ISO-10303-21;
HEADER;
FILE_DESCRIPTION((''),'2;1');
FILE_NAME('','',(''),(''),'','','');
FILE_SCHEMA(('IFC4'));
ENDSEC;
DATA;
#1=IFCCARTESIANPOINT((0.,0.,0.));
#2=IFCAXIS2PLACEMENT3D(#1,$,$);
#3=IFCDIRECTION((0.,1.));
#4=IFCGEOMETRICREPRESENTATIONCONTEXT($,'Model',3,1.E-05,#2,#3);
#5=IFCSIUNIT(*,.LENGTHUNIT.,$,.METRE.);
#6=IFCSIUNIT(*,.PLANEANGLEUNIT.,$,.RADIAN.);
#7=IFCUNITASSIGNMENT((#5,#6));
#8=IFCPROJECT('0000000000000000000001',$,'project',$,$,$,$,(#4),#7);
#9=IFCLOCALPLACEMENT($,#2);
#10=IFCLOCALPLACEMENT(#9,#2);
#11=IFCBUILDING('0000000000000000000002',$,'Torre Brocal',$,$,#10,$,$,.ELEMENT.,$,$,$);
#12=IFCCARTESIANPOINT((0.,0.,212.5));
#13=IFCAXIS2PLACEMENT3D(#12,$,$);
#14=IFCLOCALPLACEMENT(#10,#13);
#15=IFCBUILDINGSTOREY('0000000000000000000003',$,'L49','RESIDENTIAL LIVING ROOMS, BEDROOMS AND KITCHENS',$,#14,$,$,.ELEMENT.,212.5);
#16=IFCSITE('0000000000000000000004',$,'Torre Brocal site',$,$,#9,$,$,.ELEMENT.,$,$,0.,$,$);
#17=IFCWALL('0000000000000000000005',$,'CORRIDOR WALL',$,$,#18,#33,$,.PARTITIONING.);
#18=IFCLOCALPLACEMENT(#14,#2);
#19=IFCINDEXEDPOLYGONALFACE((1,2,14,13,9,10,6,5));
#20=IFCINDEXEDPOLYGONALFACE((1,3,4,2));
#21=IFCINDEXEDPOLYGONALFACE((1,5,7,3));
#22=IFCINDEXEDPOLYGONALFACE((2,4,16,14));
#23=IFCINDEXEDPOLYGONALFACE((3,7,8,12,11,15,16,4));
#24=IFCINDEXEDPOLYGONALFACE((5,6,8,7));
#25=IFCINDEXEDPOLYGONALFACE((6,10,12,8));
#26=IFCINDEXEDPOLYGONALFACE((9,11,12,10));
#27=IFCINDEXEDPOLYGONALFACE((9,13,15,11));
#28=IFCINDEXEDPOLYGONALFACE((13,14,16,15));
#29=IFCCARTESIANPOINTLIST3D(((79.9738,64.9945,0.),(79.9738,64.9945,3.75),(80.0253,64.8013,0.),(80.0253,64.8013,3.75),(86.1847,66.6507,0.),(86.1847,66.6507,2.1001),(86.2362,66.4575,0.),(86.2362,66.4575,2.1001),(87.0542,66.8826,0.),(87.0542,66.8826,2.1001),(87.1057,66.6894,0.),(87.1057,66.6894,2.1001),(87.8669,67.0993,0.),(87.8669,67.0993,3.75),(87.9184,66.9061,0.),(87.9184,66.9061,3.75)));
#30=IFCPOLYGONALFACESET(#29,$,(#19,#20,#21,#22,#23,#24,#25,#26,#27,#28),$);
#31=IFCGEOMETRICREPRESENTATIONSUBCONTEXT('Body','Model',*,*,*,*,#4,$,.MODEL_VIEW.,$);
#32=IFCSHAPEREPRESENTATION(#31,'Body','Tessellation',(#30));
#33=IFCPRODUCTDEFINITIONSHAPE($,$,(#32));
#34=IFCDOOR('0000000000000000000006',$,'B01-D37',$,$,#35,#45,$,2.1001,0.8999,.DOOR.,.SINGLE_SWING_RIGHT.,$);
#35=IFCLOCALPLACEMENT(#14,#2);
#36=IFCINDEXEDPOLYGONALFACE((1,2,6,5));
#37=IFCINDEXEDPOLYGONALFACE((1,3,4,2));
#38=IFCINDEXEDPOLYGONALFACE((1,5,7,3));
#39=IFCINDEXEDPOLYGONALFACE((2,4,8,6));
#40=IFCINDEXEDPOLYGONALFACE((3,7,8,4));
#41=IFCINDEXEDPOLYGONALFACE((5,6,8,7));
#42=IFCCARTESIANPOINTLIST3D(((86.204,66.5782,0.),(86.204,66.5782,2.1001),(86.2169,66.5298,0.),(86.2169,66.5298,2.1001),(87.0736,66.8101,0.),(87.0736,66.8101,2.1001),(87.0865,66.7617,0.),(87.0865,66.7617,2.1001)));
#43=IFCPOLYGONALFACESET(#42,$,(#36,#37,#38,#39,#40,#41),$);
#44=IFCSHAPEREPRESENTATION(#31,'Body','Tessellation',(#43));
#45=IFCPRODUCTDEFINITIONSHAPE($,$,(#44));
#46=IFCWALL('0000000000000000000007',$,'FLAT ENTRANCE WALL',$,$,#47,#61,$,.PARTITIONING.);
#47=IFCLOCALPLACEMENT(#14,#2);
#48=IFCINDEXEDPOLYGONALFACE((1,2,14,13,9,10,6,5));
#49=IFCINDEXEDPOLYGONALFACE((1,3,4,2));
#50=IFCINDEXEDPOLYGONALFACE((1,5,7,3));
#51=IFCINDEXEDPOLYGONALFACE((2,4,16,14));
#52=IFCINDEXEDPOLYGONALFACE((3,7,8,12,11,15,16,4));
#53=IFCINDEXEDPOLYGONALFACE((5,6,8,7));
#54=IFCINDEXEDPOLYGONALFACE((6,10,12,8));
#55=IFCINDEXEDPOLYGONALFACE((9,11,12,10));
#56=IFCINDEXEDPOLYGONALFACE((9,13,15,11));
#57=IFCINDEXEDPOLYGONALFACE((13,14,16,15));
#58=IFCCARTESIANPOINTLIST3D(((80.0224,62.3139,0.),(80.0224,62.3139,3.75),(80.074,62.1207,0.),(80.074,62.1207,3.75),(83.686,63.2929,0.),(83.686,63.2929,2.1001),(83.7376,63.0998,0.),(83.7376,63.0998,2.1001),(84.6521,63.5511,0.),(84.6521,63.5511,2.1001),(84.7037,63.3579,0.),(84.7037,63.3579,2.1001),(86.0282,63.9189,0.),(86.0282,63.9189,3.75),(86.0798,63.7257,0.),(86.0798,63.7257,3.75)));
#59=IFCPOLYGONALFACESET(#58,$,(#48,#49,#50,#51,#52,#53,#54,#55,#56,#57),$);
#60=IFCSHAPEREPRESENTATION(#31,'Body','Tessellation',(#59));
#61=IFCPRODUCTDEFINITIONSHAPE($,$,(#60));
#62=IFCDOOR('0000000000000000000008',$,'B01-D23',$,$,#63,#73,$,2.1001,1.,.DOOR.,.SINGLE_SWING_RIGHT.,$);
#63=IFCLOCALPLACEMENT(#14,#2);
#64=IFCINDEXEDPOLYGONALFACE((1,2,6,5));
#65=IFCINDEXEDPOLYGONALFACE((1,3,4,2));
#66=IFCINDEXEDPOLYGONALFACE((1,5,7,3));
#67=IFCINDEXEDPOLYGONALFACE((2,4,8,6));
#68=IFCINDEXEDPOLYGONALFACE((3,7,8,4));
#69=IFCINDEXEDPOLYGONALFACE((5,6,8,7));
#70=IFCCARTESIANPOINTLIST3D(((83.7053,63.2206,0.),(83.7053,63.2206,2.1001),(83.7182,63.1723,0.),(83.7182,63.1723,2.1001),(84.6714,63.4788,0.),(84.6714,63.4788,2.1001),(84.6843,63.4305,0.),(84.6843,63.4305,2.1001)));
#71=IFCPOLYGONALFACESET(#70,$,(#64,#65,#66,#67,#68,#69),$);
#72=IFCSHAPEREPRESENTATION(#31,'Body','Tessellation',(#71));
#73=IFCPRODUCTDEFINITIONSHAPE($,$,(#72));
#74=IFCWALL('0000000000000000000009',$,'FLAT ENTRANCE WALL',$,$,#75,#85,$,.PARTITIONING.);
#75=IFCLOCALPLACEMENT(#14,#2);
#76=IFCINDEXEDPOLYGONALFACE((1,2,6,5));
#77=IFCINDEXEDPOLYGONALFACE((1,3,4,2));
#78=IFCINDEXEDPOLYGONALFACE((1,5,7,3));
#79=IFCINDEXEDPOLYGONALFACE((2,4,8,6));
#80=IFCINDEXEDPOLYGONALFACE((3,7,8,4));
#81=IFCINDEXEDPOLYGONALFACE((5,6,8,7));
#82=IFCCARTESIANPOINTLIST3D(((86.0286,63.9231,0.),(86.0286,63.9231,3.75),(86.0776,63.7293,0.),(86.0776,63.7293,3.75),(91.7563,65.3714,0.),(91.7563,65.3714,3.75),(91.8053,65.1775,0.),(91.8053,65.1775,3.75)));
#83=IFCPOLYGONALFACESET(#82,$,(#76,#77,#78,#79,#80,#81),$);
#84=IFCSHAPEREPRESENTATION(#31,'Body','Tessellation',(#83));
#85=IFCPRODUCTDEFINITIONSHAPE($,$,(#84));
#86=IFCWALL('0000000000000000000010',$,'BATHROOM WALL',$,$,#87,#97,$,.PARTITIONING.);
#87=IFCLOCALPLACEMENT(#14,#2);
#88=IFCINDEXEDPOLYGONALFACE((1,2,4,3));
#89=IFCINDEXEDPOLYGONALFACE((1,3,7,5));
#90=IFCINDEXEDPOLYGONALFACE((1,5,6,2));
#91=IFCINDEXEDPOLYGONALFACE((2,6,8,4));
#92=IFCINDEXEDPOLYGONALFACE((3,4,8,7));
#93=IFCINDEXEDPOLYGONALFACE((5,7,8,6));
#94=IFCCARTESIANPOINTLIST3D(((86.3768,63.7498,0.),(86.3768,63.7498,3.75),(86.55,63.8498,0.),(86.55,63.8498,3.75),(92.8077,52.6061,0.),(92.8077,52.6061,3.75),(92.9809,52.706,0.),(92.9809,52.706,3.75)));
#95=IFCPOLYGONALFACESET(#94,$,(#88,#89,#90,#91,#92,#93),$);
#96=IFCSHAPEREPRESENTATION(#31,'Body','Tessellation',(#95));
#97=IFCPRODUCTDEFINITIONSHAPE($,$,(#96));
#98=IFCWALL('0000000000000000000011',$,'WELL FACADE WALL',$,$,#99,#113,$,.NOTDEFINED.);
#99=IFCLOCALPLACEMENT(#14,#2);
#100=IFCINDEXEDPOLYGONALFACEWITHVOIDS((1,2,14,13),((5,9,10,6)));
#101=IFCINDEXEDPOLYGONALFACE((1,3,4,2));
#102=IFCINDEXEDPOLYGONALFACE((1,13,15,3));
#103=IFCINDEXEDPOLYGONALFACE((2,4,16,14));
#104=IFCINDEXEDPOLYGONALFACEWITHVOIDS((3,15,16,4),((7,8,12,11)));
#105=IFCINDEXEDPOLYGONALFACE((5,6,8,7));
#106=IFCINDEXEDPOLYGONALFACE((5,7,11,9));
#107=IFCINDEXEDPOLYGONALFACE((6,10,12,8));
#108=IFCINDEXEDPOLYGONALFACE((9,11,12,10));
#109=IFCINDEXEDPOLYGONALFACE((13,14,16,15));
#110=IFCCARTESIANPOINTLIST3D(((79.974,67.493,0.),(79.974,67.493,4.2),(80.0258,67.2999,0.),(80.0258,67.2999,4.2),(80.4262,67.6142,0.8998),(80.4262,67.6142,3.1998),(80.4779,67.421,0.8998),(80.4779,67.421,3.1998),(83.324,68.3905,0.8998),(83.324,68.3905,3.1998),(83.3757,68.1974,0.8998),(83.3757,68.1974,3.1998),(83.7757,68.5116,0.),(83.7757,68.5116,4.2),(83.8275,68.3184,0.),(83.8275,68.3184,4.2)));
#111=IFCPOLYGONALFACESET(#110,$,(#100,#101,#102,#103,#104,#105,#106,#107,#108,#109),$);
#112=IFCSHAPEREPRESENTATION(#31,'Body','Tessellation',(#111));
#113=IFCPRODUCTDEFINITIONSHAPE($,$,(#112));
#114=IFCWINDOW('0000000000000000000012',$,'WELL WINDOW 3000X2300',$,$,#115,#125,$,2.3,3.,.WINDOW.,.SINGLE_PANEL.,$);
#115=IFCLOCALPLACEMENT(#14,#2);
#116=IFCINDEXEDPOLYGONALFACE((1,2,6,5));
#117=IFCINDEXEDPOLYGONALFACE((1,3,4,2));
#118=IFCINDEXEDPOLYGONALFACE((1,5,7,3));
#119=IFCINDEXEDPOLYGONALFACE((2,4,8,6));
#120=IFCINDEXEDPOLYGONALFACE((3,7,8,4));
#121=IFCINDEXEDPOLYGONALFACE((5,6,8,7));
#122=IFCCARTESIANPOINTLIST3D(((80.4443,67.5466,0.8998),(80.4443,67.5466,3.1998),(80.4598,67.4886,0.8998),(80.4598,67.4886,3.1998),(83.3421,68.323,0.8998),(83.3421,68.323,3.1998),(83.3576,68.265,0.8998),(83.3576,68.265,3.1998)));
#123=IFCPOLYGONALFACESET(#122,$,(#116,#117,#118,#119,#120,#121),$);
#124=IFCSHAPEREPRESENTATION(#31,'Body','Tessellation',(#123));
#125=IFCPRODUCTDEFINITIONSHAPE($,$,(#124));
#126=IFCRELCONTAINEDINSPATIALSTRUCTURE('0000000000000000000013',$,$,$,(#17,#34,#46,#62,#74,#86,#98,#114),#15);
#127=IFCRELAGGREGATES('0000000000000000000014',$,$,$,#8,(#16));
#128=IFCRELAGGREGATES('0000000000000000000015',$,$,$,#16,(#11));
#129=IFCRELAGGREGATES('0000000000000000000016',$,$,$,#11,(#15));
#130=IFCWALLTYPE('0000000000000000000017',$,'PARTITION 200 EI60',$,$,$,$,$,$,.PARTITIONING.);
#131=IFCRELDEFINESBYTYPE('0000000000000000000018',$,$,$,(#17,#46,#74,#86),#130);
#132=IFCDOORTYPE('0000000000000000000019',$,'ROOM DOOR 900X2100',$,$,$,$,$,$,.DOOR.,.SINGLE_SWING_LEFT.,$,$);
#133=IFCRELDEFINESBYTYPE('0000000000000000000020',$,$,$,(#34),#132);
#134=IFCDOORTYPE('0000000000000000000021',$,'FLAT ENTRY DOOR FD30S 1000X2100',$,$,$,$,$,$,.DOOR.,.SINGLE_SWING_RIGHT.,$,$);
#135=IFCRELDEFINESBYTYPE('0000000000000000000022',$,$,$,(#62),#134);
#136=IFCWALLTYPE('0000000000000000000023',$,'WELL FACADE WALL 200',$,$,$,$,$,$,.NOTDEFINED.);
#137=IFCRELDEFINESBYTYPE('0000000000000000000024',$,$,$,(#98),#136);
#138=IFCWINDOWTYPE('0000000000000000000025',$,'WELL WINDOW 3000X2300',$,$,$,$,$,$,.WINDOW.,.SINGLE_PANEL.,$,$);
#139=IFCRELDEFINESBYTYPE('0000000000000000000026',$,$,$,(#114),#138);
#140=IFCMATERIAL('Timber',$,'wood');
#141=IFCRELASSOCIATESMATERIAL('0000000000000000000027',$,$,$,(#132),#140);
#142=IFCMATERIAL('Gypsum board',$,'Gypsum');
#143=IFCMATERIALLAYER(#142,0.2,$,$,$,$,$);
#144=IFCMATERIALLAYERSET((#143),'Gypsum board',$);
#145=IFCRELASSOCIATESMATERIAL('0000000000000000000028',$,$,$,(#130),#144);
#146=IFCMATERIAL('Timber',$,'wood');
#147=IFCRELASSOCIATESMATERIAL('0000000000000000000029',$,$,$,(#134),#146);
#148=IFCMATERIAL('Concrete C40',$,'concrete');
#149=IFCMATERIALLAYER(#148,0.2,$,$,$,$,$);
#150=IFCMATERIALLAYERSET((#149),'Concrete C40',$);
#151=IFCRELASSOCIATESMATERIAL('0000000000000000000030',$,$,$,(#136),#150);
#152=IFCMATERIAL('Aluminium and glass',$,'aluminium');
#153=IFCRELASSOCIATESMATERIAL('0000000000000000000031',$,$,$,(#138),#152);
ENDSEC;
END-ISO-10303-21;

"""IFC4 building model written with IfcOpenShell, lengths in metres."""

from ifc_helpers import new_model, si_unit, direction, frame, frame_2d, origin, place, context, subcontext, project, spatial, rectangle, extrude, material, layer, layer_set, type_object, element, fill, save


model = new_model("IFC4")

# Units and contexts
model_context = context("Model", 3, precision=1e-05, world=origin(), true_north=direction((0.0, 1.0)))
body_context = subcontext(model_context, "Body", "Model", "MODEL_VIEW")
ifc_project = project(units=[si_unit("LENGTHUNIT", "METRE"), si_unit("PLANEANGLEUNIT", "RADIAN")], contexts=[model_context])

# Site, building, storey
site_placement = place(None, origin())
site = spatial("IfcSite", under=ifc_project, at=site_placement, Name="Torre Brocal site", CompositionType="ELEMENT", RefElevation=0.0)
building_placement = place(site_placement, origin())
building = spatial("IfcBuilding", under=site, at=building_placement, Name="Torre Brocal", CompositionType="ELEMENT")
storey_placement = place(building_placement, frame((0.0, 0.0, 212.5)))
storey = spatial("IfcBuildingStorey", under=building, at=storey_placement, Name="L49", Description="RESIDENTIAL LIVING ROOMS, BEDROOMS AND KITCHENS", CompositionType="ELEMENT", Elevation=212.5)

# Shared definitions
ifc_material_1 = material(Name="Timber", Category="wood")
door_type_1 = type_object("IfcDoorType", Name="ROOM DOOR 900X2100", OperationType="SINGLE_SWING_LEFT", PredefinedType="DOOR", material=ifc_material_1)

# Walls, openings, doors
ifc_material_2 = material(Name="Gypsum board", Category="Gypsum")
ifc_layer_1 = layer(ifc_material_2, 0.2)
ifc_layer_set_1 = layer_set([ifc_layer_1], Name="Gypsum board")
wall_type_1 = type_object("IfcWallType", Name="PARTITION 200 EI60", PredefinedType="PARTITIONING", material=ifc_layer_set_1)
wall_1_placement = place(storey_placement, frame((79.9995, 64.8979, 0.0), z_axis=(0.0, 0.0, 1.0), x_axis=(0.966237, 0.257653, 0.0)))
wall_1 = element("IfcWall", 1, at=wall_1_placement, inside=storey, type_object=wall_type_1, Name="CORRIDOR WALL", PredefinedType="PARTITIONING", context=body_context, shape_type="SweptSolid", body=[
    extrude(rectangle(XDim=8.1689, YDim=0.2, at=frame_2d((4.0845, 0.0))), origin(), (0.0, 0.0, 1.0), 3.75),
])
opening_1_placement = place(wall_1_placement, frame((6.428, 0.0, 0.0)))
opening_1 = element("IfcOpeningElement", 2, at=opening_1_placement, cuts=wall_1, PredefinedType="OPENING", context=body_context, shape_type="SweptSolid", body=[
    extrude(rectangle(XDim=0.8999, YDim=2.1001, at=frame_2d((0.45, 1.05))), frame((0.0, 0.1099, 0.0), z_axis=(0.0, -1.0, 0.0), x_axis=(1.0, 0.0, 0.0)), (0.0, 0.0, 1.0), 0.22),
])
door_1_placement = place(opening_1_placement, origin())
door_1 = element("IfcDoor", 3, at=door_1_placement, inside=storey, type_object=door_type_1, Name="B01-D37", OperationType="SINGLE_SWING_RIGHT", OverallHeight=2.1001, OverallWidth=0.8999, PredefinedType="DOOR", context=body_context, shape_type="SweptSolid", body=[
    extrude(rectangle(XDim=0.8999, YDim=2.1001, at=frame_2d((0.45, 1.05))), frame((0.0, 0.0249, 0.0), z_axis=(0.0, -1.0, 0.0), x_axis=(1.0, 0.0, 0.0)), (0.0, 0.0, 1.0), 0.05),
])
fill(opening_1, door_1)
wall_2_placement = place(storey_placement, frame((80.0481, 62.2173, 0.0), z_axis=(0.0, 0.0, 1.0), x_axis=(0.966098, 0.258176, 0.0)))
wall_2 = element("IfcWall", 4, at=wall_2_placement, inside=storey, type_object=wall_type_1, Name="FLAT ENTRANCE WALL", PredefinedType="PARTITIONING", context=body_context, shape_type="SweptSolid", body=[
    extrude(rectangle(XDim=6.2166, YDim=0.2, at=frame_2d((3.1084, 0.0))), origin(), (0.0, 0.0, 1.0), 3.75),
])
opening_2_placement = place(wall_2_placement, frame((3.7922, 0.0, 0.0)))
opening_2 = element("IfcOpeningElement", 5, at=opening_2_placement, cuts=wall_2, PredefinedType="OPENING", context=body_context, shape_type="SweptSolid", body=[
    extrude(rectangle(XDim=1.0, YDim=2.1001, at=frame_2d((0.5, 1.05))), frame((0.0, 0.1099, 0.0), z_axis=(0.0, -1.0, 0.0), x_axis=(1.0, 0.0, 0.0)), (0.0, 0.0, 1.0), 0.22),
])
ifc_material_3 = material(Name="Timber", Category="wood")
door_type_2 = type_object("IfcDoorType", Name="FLAT ENTRY DOOR FD30S 1000X2100", OperationType="SINGLE_SWING_RIGHT", PredefinedType="DOOR", material=ifc_material_3)
door_2_placement = place(opening_2_placement, frame((1.0, 0.0, 0.0), z_axis=(0.0, 0.0, 1.0), x_axis=(-1.0, 0.0, 0.0)))
door_2 = element("IfcDoor", 6, at=door_2_placement, inside=storey, type_object=door_type_2, Name="B01-D23", OperationType="SINGLE_SWING_RIGHT", OverallHeight=2.1001, OverallWidth=1.0, PredefinedType="DOOR", context=body_context, shape_type="SweptSolid", body=[
    extrude(rectangle(XDim=1.0, YDim=2.1001, at=frame_2d((0.5, 1.05))), frame((0.0, 0.0249, 0.0), z_axis=(0.0, -1.0, 0.0), x_axis=(1.0, 0.0, 0.0)), (0.0, 0.0, 1.0), 0.05),
])
fill(opening_2, door_2)

# Walls
wall_3_placement = place(storey_placement, frame((86.053, 63.8262, 0.0), z_axis=(0.0, 0.0, 1.0), x_axis=(0.96949, 0.245131, 0.0)))
element("IfcWall", 7, at=wall_3_placement, inside=storey, type_object=wall_type_1, Name="FLAT ENTRANCE WALL", PredefinedType="PARTITIONING", context=body_context, shape_type="SweptSolid", body=[
    extrude(rectangle(XDim=5.908, YDim=0.2, at=frame_2d((2.9541, 0.0))), origin(), (0.0, 0.0, 1.0), 3.75),
])
wall_4_placement = place(storey_placement, frame((86.4634, 63.7998, 0.0), z_axis=(0.0, 0.0, 1.0), x_axis=(0.499827, -0.866125, 0.0)))
element("IfcWall", 8, at=wall_4_placement, inside=storey, type_object=wall_type_1, Name="BATHROOM WALL", PredefinedType="PARTITIONING", context=body_context, shape_type="SweptSolid", body=[
    extrude(rectangle(XDim=12.8662, YDim=0.2, at=frame_2d((6.4331, 0.0))), origin(), (0.0, 0.0, 1.0), 3.75),
])

# Wall, opening, window
ifc_material_4 = material(Name="Concrete C40", Category="concrete")
ifc_layer_2 = layer(ifc_material_4, 0.2)
ifc_layer_set_2 = layer_set([ifc_layer_2], Name="Concrete C40")
wall_type_2 = type_object("IfcWallType", Name="WELL FACADE WALL 200", PredefinedType="NOTDEFINED", material=ifc_layer_set_2)
wall_5_placement = place(storey_placement, frame((80.0, 67.3965, 0.0), z_axis=(0.0, 0.0, 1.0), x_axis=(0.965934, 0.25879, 0.0)))
wall_5 = element("IfcWall", 9, at=wall_5_placement, inside=storey, type_object=wall_type_2, Name="WELL FACADE WALL", PredefinedType="NOTDEFINED", context=body_context, shape_type="SweptSolid", body=[
    extrude(rectangle(XDim=3.9358, YDim=0.2, at=frame_2d((1.9678, 0.0))), origin(), (0.0, 0.0, 1.0), 4.2),
])
opening_3_placement = place(wall_5_placement, frame((0.468, 0.0, 0.8999)))
opening_3 = element("IfcOpeningElement", 10, at=opening_3_placement, cuts=wall_5, PredefinedType="OPENING", context=body_context, shape_type="SweptSolid", body=[
    extrude(rectangle(XDim=3.0, YDim=2.3, at=frame_2d((1.5, 1.1499))), frame((0.0, 0.1099, 0.0), z_axis=(0.0, -1.0, 0.0), x_axis=(1.0, 0.0, 0.0)), (0.0, 0.0, 1.0), 0.22),
])
ifc_material_5 = material(Name="Aluminium and glass", Category="aluminium")
window_type = type_object("IfcWindowType", Name="WELL WINDOW 3000X2300", PartitioningType="SINGLE_PANEL", PredefinedType="WINDOW", material=ifc_material_5)
window_placement = place(opening_3_placement, origin())
window = element("IfcWindow", 11, at=window_placement, inside=storey, type_object=window_type, Name="WELL WINDOW 3000X2300", OverallHeight=2.3, OverallWidth=3.0, PartitioningType="SINGLE_PANEL", PredefinedType="WINDOW", context=body_context, shape_type="SweptSolid", body=[
    extrude(rectangle(XDim=3.0, YDim=2.3, at=frame_2d((1.5, 1.1499))), frame((0.0, 0.03, 0.0), z_axis=(0.0, -1.0, 0.0), x_axis=(1.0, 0.0, 0.0)), (0.0, 0.0, 1.0), 0.0601),
])
fill(opening_3, window)

save(model, "model.ifc")
